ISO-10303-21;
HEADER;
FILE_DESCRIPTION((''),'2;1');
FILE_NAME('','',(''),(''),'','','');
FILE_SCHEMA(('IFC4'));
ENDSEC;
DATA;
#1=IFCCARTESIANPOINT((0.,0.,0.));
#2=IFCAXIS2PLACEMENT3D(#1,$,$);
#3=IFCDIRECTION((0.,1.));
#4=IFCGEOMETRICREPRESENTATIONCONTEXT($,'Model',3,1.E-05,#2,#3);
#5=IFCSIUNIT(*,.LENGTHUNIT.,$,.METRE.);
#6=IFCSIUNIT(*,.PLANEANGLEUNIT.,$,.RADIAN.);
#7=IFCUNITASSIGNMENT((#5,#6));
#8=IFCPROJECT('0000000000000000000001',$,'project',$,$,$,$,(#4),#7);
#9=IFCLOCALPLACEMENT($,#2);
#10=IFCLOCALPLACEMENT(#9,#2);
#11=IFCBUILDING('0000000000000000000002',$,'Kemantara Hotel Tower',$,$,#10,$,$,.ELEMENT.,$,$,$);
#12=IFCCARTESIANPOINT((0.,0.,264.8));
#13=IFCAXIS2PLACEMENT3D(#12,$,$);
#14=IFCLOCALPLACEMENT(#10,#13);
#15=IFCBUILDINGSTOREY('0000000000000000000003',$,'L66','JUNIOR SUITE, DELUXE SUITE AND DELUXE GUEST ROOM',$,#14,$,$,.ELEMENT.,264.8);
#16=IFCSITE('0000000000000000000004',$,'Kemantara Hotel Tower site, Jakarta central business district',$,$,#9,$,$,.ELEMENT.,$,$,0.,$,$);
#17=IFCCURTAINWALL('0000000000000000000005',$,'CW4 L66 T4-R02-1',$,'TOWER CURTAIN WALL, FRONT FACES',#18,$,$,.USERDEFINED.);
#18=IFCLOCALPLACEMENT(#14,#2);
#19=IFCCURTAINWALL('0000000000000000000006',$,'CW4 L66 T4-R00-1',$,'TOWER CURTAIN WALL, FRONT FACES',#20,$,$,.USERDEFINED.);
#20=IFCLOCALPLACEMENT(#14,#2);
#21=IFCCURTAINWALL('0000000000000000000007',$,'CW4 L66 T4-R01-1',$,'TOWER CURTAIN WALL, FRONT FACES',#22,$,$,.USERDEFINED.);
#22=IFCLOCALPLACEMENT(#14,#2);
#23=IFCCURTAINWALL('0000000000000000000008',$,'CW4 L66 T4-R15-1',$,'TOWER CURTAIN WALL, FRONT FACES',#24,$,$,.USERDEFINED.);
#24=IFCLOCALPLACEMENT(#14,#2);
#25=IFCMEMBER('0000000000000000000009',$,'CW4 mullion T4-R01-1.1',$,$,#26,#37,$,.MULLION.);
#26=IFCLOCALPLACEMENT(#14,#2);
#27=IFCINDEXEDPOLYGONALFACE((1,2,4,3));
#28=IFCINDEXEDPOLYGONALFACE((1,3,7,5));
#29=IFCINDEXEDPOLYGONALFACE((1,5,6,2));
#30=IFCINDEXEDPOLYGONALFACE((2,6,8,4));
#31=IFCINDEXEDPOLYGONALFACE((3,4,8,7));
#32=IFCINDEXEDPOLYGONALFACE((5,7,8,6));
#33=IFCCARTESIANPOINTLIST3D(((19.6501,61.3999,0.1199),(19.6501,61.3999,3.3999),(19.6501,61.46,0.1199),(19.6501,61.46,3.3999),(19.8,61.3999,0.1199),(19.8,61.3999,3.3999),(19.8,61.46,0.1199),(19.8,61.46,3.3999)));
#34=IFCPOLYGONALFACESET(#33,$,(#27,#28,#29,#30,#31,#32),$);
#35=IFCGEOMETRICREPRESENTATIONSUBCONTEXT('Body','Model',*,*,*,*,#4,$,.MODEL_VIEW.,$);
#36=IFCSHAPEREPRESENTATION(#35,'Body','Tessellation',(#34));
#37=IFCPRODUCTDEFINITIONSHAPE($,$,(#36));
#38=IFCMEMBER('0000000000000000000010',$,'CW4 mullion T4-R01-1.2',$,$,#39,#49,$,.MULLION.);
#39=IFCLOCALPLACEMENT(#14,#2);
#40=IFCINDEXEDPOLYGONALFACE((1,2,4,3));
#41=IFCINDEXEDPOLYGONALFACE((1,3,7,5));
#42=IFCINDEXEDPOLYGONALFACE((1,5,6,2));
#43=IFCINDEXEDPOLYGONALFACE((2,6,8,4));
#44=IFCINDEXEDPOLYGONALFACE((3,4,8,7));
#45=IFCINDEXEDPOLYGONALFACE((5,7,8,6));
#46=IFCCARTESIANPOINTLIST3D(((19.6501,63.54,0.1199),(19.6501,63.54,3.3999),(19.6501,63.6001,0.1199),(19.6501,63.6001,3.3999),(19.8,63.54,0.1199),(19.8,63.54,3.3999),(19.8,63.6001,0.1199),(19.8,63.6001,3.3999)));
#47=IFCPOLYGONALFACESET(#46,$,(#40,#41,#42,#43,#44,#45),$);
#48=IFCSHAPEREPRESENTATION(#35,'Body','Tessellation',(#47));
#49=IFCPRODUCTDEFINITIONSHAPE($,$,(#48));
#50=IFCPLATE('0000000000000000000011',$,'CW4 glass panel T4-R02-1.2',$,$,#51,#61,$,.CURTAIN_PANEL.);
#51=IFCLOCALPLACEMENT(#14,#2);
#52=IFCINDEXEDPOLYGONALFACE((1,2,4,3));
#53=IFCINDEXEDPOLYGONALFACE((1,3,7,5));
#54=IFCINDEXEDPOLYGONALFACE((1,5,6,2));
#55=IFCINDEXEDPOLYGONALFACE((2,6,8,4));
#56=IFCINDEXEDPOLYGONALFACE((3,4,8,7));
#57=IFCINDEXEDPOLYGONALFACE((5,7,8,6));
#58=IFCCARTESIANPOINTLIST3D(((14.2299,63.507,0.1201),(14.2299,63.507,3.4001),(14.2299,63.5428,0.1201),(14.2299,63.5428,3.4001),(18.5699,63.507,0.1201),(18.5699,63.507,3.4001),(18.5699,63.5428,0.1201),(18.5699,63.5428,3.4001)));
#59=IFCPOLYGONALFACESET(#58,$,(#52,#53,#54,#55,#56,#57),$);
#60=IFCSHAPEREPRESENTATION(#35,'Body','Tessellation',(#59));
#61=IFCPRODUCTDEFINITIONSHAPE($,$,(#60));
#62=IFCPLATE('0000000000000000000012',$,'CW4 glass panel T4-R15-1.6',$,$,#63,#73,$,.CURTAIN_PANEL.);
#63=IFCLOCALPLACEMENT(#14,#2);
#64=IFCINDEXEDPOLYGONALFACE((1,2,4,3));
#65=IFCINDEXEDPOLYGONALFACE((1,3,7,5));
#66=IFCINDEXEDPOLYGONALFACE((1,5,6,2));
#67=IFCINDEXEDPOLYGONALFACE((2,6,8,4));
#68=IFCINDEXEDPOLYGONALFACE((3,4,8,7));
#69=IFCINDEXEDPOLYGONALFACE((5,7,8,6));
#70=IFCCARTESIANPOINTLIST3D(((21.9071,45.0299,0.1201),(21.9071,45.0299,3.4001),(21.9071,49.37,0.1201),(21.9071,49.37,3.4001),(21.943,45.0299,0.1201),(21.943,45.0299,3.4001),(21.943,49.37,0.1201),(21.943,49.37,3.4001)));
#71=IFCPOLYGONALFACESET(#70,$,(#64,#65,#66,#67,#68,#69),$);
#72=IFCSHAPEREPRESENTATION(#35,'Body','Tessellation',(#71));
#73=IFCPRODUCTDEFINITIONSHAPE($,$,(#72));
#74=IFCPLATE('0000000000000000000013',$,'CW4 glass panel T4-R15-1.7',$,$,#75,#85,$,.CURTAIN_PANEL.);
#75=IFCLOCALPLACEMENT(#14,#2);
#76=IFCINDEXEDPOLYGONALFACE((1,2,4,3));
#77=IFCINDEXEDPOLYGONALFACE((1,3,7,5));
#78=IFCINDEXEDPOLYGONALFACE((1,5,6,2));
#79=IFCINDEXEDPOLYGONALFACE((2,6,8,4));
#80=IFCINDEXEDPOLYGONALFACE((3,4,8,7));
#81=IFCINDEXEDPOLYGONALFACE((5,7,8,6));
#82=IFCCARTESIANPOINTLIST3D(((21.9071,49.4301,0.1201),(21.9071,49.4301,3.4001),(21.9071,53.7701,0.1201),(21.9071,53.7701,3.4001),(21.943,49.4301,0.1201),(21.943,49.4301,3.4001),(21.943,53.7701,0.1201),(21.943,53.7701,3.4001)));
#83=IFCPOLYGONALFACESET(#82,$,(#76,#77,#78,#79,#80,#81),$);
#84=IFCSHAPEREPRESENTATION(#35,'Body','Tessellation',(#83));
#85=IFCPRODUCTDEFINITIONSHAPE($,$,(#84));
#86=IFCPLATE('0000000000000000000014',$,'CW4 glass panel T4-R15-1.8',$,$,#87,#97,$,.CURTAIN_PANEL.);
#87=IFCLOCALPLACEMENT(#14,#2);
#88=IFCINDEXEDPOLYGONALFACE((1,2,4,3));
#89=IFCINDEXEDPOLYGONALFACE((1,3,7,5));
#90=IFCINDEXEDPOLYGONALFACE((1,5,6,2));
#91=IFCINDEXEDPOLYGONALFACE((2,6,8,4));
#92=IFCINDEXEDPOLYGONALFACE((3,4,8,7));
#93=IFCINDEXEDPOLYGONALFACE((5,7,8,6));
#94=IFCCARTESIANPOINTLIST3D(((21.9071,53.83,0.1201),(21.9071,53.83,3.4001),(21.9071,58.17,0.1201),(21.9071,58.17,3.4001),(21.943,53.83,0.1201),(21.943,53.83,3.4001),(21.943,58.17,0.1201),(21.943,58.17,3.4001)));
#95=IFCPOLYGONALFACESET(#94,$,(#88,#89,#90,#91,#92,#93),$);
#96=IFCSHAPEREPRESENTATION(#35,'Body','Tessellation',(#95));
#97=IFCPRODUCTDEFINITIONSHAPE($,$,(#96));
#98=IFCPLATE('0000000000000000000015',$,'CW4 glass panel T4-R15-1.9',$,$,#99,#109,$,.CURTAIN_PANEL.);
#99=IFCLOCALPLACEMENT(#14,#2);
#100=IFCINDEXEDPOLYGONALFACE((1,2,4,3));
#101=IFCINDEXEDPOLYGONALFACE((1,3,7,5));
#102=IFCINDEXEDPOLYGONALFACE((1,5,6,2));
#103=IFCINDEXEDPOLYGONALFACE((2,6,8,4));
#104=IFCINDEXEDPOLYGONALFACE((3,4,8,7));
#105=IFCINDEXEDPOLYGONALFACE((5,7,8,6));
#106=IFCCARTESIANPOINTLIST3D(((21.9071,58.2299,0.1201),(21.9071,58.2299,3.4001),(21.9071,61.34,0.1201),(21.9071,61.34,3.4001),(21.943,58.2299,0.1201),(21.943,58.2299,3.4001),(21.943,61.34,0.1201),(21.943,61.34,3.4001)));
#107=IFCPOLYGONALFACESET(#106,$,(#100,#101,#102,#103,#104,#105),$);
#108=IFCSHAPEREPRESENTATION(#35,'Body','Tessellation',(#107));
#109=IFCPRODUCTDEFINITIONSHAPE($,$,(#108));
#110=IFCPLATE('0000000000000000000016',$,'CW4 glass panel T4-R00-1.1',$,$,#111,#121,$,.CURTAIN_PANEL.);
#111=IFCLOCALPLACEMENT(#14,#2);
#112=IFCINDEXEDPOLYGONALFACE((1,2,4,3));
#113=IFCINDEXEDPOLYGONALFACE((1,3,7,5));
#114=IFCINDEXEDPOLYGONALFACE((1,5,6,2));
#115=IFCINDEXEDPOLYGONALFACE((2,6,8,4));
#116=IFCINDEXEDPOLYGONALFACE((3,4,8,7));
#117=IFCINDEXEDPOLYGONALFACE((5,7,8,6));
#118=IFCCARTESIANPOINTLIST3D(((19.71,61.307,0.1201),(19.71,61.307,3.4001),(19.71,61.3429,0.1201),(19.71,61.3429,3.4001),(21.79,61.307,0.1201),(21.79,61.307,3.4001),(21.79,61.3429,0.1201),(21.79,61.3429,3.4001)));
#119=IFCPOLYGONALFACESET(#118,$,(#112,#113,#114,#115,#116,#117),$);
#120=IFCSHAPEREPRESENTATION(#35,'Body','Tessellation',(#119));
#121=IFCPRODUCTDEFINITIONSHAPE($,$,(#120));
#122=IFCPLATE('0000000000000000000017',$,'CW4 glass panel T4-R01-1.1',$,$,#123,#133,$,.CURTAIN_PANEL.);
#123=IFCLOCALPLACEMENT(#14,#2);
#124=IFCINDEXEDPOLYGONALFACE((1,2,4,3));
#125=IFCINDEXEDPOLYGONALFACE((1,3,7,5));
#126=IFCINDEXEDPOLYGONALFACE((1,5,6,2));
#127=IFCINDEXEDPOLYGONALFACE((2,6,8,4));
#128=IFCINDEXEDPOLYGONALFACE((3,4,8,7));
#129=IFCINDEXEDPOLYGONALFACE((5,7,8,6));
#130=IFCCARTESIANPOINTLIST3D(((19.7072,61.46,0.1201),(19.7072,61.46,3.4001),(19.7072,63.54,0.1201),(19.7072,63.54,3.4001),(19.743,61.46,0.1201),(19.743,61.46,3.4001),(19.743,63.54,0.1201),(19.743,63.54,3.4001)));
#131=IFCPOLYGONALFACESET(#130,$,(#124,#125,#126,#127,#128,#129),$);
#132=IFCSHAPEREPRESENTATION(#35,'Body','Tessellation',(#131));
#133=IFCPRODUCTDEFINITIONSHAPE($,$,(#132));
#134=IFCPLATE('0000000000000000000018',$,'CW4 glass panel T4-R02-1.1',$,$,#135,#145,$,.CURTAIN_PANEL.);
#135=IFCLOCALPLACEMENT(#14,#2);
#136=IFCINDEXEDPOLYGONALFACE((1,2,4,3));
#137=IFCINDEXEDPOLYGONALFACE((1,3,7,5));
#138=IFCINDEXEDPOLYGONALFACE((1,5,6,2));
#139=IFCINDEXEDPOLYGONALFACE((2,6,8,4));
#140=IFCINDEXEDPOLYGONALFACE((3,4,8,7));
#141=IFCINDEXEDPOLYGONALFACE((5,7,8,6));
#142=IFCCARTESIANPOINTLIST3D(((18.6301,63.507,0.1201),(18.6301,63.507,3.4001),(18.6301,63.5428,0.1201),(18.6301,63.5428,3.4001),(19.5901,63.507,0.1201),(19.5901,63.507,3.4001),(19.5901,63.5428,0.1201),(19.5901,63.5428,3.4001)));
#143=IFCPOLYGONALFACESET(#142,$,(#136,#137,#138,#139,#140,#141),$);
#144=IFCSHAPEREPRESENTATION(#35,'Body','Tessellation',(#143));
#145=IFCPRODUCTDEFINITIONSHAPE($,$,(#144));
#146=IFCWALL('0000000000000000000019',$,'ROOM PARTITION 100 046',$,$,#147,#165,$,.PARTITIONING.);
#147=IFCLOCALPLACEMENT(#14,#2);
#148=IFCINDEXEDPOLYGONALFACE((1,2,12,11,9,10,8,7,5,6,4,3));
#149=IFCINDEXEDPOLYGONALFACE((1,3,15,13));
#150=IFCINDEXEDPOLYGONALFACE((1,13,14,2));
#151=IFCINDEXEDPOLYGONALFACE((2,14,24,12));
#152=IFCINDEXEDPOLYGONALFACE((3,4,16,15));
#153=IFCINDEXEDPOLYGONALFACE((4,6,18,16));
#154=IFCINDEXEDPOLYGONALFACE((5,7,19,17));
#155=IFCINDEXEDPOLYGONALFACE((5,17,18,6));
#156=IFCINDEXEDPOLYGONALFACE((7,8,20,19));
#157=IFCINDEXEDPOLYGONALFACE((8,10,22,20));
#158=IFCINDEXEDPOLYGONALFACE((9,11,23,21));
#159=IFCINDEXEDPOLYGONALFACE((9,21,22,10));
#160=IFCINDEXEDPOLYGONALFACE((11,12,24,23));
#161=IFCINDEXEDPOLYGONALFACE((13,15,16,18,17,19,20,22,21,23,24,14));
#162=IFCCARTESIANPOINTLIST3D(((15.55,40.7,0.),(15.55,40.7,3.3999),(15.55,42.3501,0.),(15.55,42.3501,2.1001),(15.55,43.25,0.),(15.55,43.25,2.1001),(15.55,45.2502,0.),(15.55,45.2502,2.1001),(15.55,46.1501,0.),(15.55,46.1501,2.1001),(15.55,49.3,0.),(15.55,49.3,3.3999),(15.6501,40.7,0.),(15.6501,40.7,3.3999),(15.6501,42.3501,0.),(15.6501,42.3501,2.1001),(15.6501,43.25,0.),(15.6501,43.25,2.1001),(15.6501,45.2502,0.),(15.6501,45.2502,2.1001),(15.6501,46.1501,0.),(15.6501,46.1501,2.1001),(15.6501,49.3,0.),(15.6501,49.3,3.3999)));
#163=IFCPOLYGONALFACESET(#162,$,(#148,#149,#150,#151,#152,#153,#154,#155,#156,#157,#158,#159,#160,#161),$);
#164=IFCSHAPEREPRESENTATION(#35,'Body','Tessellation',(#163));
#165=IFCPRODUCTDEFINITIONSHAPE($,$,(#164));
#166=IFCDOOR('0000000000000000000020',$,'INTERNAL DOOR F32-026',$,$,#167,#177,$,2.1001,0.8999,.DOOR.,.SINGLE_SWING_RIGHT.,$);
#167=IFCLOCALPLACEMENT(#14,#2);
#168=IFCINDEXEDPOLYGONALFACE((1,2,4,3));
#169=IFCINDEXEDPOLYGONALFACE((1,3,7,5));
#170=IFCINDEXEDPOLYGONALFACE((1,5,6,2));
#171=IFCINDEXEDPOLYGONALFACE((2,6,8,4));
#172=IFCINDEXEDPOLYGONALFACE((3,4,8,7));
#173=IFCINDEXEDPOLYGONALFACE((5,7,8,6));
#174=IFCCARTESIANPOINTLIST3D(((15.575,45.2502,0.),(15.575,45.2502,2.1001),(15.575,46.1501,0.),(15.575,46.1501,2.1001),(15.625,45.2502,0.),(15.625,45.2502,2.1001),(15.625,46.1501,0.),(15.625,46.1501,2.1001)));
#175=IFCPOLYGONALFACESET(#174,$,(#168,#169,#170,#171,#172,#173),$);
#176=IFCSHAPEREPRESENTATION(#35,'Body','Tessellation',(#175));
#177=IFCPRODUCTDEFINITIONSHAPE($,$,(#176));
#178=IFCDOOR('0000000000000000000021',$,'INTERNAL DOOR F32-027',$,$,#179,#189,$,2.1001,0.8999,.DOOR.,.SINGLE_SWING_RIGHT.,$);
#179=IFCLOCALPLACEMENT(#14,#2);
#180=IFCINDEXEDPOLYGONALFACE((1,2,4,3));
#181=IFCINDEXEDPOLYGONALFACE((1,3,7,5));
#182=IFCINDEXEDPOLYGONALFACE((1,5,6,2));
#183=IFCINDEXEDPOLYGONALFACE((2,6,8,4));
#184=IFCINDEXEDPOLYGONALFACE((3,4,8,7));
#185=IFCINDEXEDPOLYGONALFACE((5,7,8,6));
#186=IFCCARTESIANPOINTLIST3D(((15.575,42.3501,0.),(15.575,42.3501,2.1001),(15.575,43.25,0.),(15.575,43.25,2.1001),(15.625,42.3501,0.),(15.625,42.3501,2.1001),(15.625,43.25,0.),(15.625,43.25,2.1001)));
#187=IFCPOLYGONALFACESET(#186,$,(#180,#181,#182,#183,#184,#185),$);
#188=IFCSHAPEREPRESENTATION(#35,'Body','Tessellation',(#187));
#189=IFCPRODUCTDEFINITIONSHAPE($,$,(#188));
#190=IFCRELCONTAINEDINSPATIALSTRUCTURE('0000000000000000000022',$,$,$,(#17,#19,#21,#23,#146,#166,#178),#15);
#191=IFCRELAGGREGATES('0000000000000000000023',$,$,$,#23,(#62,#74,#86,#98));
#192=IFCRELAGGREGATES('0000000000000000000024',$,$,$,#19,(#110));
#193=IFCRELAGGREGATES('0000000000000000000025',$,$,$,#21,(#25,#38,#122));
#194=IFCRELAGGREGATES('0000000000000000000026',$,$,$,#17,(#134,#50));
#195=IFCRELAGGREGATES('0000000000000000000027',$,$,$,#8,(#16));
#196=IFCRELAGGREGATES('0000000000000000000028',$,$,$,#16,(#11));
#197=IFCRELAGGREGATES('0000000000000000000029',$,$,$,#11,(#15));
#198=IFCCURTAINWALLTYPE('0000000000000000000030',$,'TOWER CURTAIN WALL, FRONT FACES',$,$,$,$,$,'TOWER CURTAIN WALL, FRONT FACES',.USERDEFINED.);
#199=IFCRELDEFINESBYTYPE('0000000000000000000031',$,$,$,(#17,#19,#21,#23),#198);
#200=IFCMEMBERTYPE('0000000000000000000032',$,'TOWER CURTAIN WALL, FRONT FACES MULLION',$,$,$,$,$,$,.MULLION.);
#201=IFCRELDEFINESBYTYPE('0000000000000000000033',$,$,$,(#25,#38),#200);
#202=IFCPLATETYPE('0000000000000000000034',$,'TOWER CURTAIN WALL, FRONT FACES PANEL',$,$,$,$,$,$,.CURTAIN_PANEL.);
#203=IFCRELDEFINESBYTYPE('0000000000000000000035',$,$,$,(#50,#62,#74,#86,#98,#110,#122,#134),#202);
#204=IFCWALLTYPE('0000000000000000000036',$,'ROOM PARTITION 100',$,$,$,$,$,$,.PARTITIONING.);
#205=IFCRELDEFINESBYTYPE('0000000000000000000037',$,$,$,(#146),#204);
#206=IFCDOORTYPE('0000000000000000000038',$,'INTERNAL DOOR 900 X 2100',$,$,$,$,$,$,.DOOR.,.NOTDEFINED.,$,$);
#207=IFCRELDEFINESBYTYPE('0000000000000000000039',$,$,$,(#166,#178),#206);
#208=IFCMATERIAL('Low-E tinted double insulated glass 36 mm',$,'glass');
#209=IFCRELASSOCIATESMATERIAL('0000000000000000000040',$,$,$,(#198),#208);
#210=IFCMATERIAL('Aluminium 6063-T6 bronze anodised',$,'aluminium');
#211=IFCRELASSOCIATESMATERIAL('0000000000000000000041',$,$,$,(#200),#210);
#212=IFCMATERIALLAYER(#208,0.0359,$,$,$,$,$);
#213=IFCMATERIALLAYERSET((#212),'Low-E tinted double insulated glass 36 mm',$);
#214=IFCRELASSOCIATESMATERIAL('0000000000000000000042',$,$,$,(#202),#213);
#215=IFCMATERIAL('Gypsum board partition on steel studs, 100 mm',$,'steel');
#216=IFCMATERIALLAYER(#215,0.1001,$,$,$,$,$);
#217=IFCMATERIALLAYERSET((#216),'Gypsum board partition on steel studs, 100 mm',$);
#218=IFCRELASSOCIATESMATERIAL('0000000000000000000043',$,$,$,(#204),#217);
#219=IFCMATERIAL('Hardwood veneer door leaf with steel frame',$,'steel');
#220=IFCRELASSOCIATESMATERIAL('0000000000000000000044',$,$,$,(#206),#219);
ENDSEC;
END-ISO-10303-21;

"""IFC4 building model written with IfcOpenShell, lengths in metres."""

from ifc_helpers import new_model, si_unit, direction, frame, frame_2d, origin, origin_2d, place, context, subcontext, project, spatial, rectangle, extrude, source, transform, mapped, material, layer, layer_set, material_profile, profile_set, type_object, element, fill, aggregate, save


model = new_model("IFC4")

# Units and contexts
model_context = context("Model", 3, precision=1e-05, world=origin(), true_north=direction((0.0, 1.0)))
body_context = subcontext(model_context, "Body", "Model", "MODEL_VIEW")
ifc_project = project(units=[si_unit("LENGTHUNIT", "METRE"), si_unit("PLANEANGLEUNIT", "RADIAN")], contexts=[model_context])

# Site, building, storey
site_placement = place(None, origin())
site = spatial("IfcSite", under=ifc_project, at=site_placement, Name="Kemantara Hotel Tower site, Jakarta central business district", CompositionType="ELEMENT", RefElevation=0.0)
building_placement = place(site_placement, origin())
building = spatial("IfcBuilding", under=site, at=building_placement, Name="Kemantara Hotel Tower", CompositionType="ELEMENT")
storey_placement = place(building_placement, frame((0.0, 0.0, 264.8)))
storey = spatial("IfcBuildingStorey", under=building, at=storey_placement, Name="L66", Description="JUNIOR SUITE, DELUXE SUITE AND DELUXE GUEST ROOM", CompositionType="ELEMENT", Elevation=264.8)

# Curtain walls
ifc_material_1 = material(Name="Low-E tinted double insulated glass 36 mm", Category="glass")
curtain_wall_type = type_object("IfcCurtainWallType", Name="TOWER CURTAIN WALL, FRONT FACES", ElementType="TOWER CURTAIN WALL, FRONT FACES", PredefinedType="USERDEFINED", material=ifc_material_1)
curtain_wall_1_placement = place(storey_placement, origin())
curtain_wall_1 = element("IfcCurtainWall", 1, at=curtain_wall_1_placement, inside=storey, type_object=curtain_wall_type, Name="CW4 L66 T4-R02-1", ObjectType="TOWER CURTAIN WALL, FRONT FACES", PredefinedType="USERDEFINED")
ifc_material_2 = material(Name="Aluminium 6063-T6 bronze anodised", Category="aluminium")
curtain_wall_2_placement = place(storey_placement, origin())
curtain_wall_2 = element("IfcCurtainWall", 2, at=curtain_wall_2_placement, inside=storey, type_object=curtain_wall_type, Name="CW4 L66 T4-R00-1", ObjectType="TOWER CURTAIN WALL, FRONT FACES", PredefinedType="USERDEFINED")
curtain_wall_3_placement = place(storey_placement, origin())
curtain_wall_3 = element("IfcCurtainWall", 3, at=curtain_wall_3_placement, inside=storey, type_object=curtain_wall_type, Name="CW4 L66 T4-R01-1", ObjectType="TOWER CURTAIN WALL, FRONT FACES", PredefinedType="USERDEFINED")

# Shared definitions
ifc_material_profile_1 = material_profile(ifc_material_2, rectangle(XDim=0.1499, YDim=0.0601, at=origin_2d()), Name="TOWER CURTAIN WALL, FRONT FACES MULLION")
ifc_profile_set_1 = profile_set([ifc_material_profile_1], Name="Aluminium 6063-T6 bronze anodised")
member_type_1 = type_object("IfcMemberType", Name="TOWER CURTAIN WALL, FRONT FACES MULLION", PredefinedType="MULLION", material=ifc_profile_set_1)
shared_shape_1 = source(origin(), body_context, "Body", "SweptSolid", [
    extrude(rectangle(XDim=0.1499, YDim=0.0601, at=origin_2d()), origin(), (0.0, 0.0, 1.0), 3.28),
])

# Curtain wall
curtain_wall_4_placement = place(storey_placement, origin())
curtain_wall_4 = element("IfcCurtainWall", 4, at=curtain_wall_4_placement, inside=storey, type_object=curtain_wall_type, Name="CW4 L66 T4-R15-1", ObjectType="TOWER CURTAIN WALL, FRONT FACES", PredefinedType="USERDEFINED")

# Members
member_1_placement = place(storey_placement, frame((19.7251, 61.4299, 0.1199), z_axis=(0.0, 0.0, 1.0), x_axis=(-1.0, 0.0, 0.0)))
member_1 = element("IfcMember", 5, at=member_1_placement, type_object=member_type_1, Name="CW4 mullion T4-R01-1.1", PredefinedType="MULLION", context=body_context, shape_type="MappedRepresentation", body=[
    mapped(shared_shape_1, transform((0.0, 0.0, 0.0))),
])
member_2_placement = place(storey_placement, frame((19.7251, 63.5701, 0.1199), z_axis=(0.0, 0.0, 1.0), x_axis=(-1.0, 0.0, 0.0)))
member_2 = element("IfcMember", 6, at=member_2_placement, type_object=member_type_1, Name="CW4 mullion T4-R01-1.2", PredefinedType="MULLION", context=body_context, shape_type="MappedRepresentation", body=[
    mapped(shared_shape_1, transform((0.0, 0.0, 0.0))),
])

# Plates
ifc_layer_1 = layer(ifc_material_1, 0.0359)
ifc_layer_set_1 = layer_set([ifc_layer_1], Name="Low-E tinted double insulated glass 36 mm")
plate_type = type_object("IfcPlateType", Name="TOWER CURTAIN WALL, FRONT FACES PANEL", PredefinedType="CURTAIN_PANEL", material=ifc_layer_set_1)
shared_shape_2 = source(origin(), body_context, "Body", "SweptSolid", [
    extrude(rectangle(XDim=4.3401, YDim=0.0359, at=origin_2d()), origin(), (0.0, 0.0, 1.0), 3.28),
])
plate_1_placement = place(storey_placement, frame((16.3999, 63.5249, 0.1201), z_axis=(0.0, 0.0, 1.0), x_axis=(-1.0, 0.0, 0.0)))
plate_1 = element("IfcPlate", 7, at=plate_1_placement, type_object=plate_type, Name="CW4 glass panel T4-R02-1.2", PredefinedType="CURTAIN_PANEL", context=body_context, shape_type="MappedRepresentation", body=[
    mapped(shared_shape_2, transform((0.0, 0.0, 0.0))),
])
plate_2_placement = place(storey_placement, frame((21.925, 47.2, 0.1201), z_axis=(0.0, 0.0, 1.0), x_axis=(0.0, 1.0, 0.0)))
plate_2 = element("IfcPlate", 8, at=plate_2_placement, type_object=plate_type, Name="CW4 glass panel T4-R15-1.6", PredefinedType="CURTAIN_PANEL", context=body_context, shape_type="MappedRepresentation", body=[
    mapped(shared_shape_2, transform((0.0, 0.0, 0.0))),
])
plate_3_placement = place(storey_placement, frame((21.925, 51.6001, 0.1201), z_axis=(0.0, 0.0, 1.0), x_axis=(0.0, 1.0, 0.0)))
plate_3 = element("IfcPlate", 9, at=plate_3_placement, type_object=plate_type, Name="CW4 glass panel T4-R15-1.7", PredefinedType="CURTAIN_PANEL", context=body_context, shape_type="MappedRepresentation", body=[
    mapped(shared_shape_2, transform((0.0, 0.0, 0.0))),
])
plate_4_placement = place(storey_placement, frame((21.925, 56.0, 0.1201), z_axis=(0.0, 0.0, 1.0), x_axis=(0.0, 1.0, 0.0)))
plate_4 = element("IfcPlate", 10, at=plate_4_placement, type_object=plate_type, Name="CW4 glass panel T4-R15-1.8", PredefinedType="CURTAIN_PANEL", context=body_context, shape_type="MappedRepresentation", body=[
    mapped(shared_shape_2, transform((0.0, 0.0, 0.0))),
])
shared_shape_3 = source(origin(), body_context, "Body", "SweptSolid", [
    extrude(rectangle(XDim=3.1101, YDim=0.0359, at=origin_2d()), origin(), (0.0, 0.0, 1.0), 3.28),
])
plate_5_placement = place(storey_placement, frame((21.925, 59.7849, 0.1201), z_axis=(0.0, 0.0, 1.0), x_axis=(0.0, 1.0, 0.0)))
plate_5 = element("IfcPlate", 11, at=plate_5_placement, type_object=plate_type, Name="CW4 glass panel T4-R15-1.9", PredefinedType="CURTAIN_PANEL", context=body_context, shape_type="MappedRepresentation", body=[
    mapped(shared_shape_3, transform((0.0, 0.0, 0.0))),
])
aggregate(curtain_wall_4, [plate_2, plate_3, plate_4, plate_5])
shared_shape_4 = source(origin(), body_context, "Body", "SweptSolid", [
    extrude(rectangle(XDim=2.0801, YDim=0.0359, at=origin_2d()), origin(), (0.0, 0.0, 1.0), 3.28),
])
plate_6_placement = place(storey_placement, frame((20.75, 61.325, 0.1201), z_axis=(0.0, 0.0, 1.0), x_axis=(-1.0, 0.0, 0.0)))
plate_6 = element("IfcPlate", 12, at=plate_6_placement, type_object=plate_type, Name="CW4 glass panel T4-R00-1.1", PredefinedType="CURTAIN_PANEL", context=body_context, shape_type="MappedRepresentation", body=[
    mapped(shared_shape_4, transform((0.0, 0.0, 0.0))),
])
aggregate(curtain_wall_2, [plate_6])
plate_7_placement = place(storey_placement, frame((19.7251, 62.5, 0.1201), z_axis=(0.0, 0.0, 1.0), x_axis=(0.0, 1.0, 0.0)))
plate_7 = element("IfcPlate", 13, at=plate_7_placement, type_object=plate_type, Name="CW4 glass panel T4-R01-1.1", PredefinedType="CURTAIN_PANEL", context=body_context, shape_type="MappedRepresentation", body=[
    mapped(shared_shape_4, transform((0.0, 0.0, 0.0))),
])
aggregate(curtain_wall_3, [member_1, member_2, plate_7])
shared_shape_5 = source(origin(), body_context, "Body", "SweptSolid", [
    extrude(rectangle(XDim=0.96, YDim=0.0359, at=origin_2d()), origin(), (0.0, 0.0, 1.0), 3.28),
])
plate_8_placement = place(storey_placement, frame((19.1101, 63.5249, 0.1201), z_axis=(0.0, 0.0, 1.0), x_axis=(-1.0, 0.0, 0.0)))
plate_8 = element("IfcPlate", 14, at=plate_8_placement, type_object=plate_type, Name="CW4 glass panel T4-R02-1.1", PredefinedType="CURTAIN_PANEL", context=body_context, shape_type="MappedRepresentation", body=[
    mapped(shared_shape_5, transform((0.0, 0.0, 0.0))),
])
aggregate(curtain_wall_1, [plate_8, plate_1])

# Wall, openings, doors
ifc_material_3 = material(Name="Gypsum board partition on steel studs, 100 mm", Category="steel")
ifc_layer_2 = layer(ifc_material_3, 0.1001)
ifc_layer_set_2 = layer_set([ifc_layer_2], Name="Gypsum board partition on steel studs, 100 mm")
wall_type = type_object("IfcWallType", Name="ROOM PARTITION 100", PredefinedType="PARTITIONING", material=ifc_layer_set_2)
wall_1_placement = place(storey_placement, frame((15.6001, 49.3, 0.0), z_axis=(0.0, 0.0, 1.0), x_axis=(0.0, -1.0, 0.0)))
wall_1 = element("IfcWall", 15, at=wall_1_placement, inside=storey, type_object=wall_type, Name="ROOM PARTITION 100 046", PredefinedType="PARTITIONING", context=body_context, shape_type="SweptSolid", body=[
    extrude(rectangle(XDim=8.6001, YDim=0.1001, at=frame_2d((4.3, 0.0))), origin(), (0.0, 0.0, 1.0), 3.3999),
])
opening_1_placement = place(wall_1_placement, frame((3.1499, 0.0, 0.0)))
opening_1 = element("IfcOpeningElement", 16, at=opening_1_placement, cuts=wall_1, PredefinedType="OPENING", context=body_context, shape_type="SweptSolid", body=[
    extrude(rectangle(XDim=0.8999, YDim=2.1001, at=frame_2d((0.45, 1.05))), frame((0.0, 0.0601, 0.0), z_axis=(0.0, -1.0, 0.0), x_axis=(1.0, 0.0, 0.0)), (0.0, 0.0, 1.0), 0.1201),
])
opening_2_placement = place(wall_1_placement, frame((6.05, 0.0, 0.0)))
opening_2 = element("IfcOpeningElement", 17, at=opening_2_placement, cuts=wall_1, PredefinedType="OPENING", context=body_context, shape_type="SweptSolid", body=[
    extrude(rectangle(XDim=0.8999, YDim=2.1001, at=frame_2d((0.45, 1.05))), frame((0.0, 0.0601, 0.0), z_axis=(0.0, -1.0, 0.0), x_axis=(1.0, 0.0, 0.0)), (0.0, 0.0, 1.0), 0.1201),
])
ifc_material_4 = material(Name="Hardwood veneer door leaf with steel frame", Category="steel")
door_type_1 = type_object("IfcDoorType", Name="INTERNAL DOOR 900 X 2100", OperationType="NOTDEFINED", PredefinedType="DOOR", material=ifc_material_4)
door_1_placement = place(opening_1_placement, origin())
door_1 = element("IfcDoor", 18, at=door_1_placement, inside=storey, type_object=door_type_1, Name="INTERNAL DOOR F32-026", OperationType="SINGLE_SWING_RIGHT", OverallHeight=2.1001, OverallWidth=0.8999, PredefinedType="DOOR", context=body_context, shape_type="SweptSolid", body=[
    extrude(rectangle(XDim=0.8999, YDim=2.1001, at=frame_2d((0.45, 1.05))), frame((0.0, 0.0249, 0.0), z_axis=(0.0, -1.0, 0.0), x_axis=(1.0, 0.0, 0.0)), (0.0, 0.0, 1.0), 0.05),
])
fill(opening_1, door_1)
door_2_placement = place(opening_2_placement, origin())
door_2 = element("IfcDoor", 19, at=door_2_placement, inside=storey, type_object=door_type_1, Name="INTERNAL DOOR F32-027", OperationType="SINGLE_SWING_RIGHT", OverallHeight=2.1001, OverallWidth=0.8999, PredefinedType="DOOR", context=body_context, shape_type="SweptSolid", body=[
    extrude(rectangle(XDim=0.8999, YDim=2.1001, at=frame_2d((0.45, 1.05))), frame((0.0, 0.0249, 0.0), z_axis=(0.0, -1.0, 0.0), x_axis=(1.0, 0.0, 0.0)), (0.0, 0.0, 1.0), 0.05),
])
fill(opening_2, door_2)

save(model, "model.ifc")
